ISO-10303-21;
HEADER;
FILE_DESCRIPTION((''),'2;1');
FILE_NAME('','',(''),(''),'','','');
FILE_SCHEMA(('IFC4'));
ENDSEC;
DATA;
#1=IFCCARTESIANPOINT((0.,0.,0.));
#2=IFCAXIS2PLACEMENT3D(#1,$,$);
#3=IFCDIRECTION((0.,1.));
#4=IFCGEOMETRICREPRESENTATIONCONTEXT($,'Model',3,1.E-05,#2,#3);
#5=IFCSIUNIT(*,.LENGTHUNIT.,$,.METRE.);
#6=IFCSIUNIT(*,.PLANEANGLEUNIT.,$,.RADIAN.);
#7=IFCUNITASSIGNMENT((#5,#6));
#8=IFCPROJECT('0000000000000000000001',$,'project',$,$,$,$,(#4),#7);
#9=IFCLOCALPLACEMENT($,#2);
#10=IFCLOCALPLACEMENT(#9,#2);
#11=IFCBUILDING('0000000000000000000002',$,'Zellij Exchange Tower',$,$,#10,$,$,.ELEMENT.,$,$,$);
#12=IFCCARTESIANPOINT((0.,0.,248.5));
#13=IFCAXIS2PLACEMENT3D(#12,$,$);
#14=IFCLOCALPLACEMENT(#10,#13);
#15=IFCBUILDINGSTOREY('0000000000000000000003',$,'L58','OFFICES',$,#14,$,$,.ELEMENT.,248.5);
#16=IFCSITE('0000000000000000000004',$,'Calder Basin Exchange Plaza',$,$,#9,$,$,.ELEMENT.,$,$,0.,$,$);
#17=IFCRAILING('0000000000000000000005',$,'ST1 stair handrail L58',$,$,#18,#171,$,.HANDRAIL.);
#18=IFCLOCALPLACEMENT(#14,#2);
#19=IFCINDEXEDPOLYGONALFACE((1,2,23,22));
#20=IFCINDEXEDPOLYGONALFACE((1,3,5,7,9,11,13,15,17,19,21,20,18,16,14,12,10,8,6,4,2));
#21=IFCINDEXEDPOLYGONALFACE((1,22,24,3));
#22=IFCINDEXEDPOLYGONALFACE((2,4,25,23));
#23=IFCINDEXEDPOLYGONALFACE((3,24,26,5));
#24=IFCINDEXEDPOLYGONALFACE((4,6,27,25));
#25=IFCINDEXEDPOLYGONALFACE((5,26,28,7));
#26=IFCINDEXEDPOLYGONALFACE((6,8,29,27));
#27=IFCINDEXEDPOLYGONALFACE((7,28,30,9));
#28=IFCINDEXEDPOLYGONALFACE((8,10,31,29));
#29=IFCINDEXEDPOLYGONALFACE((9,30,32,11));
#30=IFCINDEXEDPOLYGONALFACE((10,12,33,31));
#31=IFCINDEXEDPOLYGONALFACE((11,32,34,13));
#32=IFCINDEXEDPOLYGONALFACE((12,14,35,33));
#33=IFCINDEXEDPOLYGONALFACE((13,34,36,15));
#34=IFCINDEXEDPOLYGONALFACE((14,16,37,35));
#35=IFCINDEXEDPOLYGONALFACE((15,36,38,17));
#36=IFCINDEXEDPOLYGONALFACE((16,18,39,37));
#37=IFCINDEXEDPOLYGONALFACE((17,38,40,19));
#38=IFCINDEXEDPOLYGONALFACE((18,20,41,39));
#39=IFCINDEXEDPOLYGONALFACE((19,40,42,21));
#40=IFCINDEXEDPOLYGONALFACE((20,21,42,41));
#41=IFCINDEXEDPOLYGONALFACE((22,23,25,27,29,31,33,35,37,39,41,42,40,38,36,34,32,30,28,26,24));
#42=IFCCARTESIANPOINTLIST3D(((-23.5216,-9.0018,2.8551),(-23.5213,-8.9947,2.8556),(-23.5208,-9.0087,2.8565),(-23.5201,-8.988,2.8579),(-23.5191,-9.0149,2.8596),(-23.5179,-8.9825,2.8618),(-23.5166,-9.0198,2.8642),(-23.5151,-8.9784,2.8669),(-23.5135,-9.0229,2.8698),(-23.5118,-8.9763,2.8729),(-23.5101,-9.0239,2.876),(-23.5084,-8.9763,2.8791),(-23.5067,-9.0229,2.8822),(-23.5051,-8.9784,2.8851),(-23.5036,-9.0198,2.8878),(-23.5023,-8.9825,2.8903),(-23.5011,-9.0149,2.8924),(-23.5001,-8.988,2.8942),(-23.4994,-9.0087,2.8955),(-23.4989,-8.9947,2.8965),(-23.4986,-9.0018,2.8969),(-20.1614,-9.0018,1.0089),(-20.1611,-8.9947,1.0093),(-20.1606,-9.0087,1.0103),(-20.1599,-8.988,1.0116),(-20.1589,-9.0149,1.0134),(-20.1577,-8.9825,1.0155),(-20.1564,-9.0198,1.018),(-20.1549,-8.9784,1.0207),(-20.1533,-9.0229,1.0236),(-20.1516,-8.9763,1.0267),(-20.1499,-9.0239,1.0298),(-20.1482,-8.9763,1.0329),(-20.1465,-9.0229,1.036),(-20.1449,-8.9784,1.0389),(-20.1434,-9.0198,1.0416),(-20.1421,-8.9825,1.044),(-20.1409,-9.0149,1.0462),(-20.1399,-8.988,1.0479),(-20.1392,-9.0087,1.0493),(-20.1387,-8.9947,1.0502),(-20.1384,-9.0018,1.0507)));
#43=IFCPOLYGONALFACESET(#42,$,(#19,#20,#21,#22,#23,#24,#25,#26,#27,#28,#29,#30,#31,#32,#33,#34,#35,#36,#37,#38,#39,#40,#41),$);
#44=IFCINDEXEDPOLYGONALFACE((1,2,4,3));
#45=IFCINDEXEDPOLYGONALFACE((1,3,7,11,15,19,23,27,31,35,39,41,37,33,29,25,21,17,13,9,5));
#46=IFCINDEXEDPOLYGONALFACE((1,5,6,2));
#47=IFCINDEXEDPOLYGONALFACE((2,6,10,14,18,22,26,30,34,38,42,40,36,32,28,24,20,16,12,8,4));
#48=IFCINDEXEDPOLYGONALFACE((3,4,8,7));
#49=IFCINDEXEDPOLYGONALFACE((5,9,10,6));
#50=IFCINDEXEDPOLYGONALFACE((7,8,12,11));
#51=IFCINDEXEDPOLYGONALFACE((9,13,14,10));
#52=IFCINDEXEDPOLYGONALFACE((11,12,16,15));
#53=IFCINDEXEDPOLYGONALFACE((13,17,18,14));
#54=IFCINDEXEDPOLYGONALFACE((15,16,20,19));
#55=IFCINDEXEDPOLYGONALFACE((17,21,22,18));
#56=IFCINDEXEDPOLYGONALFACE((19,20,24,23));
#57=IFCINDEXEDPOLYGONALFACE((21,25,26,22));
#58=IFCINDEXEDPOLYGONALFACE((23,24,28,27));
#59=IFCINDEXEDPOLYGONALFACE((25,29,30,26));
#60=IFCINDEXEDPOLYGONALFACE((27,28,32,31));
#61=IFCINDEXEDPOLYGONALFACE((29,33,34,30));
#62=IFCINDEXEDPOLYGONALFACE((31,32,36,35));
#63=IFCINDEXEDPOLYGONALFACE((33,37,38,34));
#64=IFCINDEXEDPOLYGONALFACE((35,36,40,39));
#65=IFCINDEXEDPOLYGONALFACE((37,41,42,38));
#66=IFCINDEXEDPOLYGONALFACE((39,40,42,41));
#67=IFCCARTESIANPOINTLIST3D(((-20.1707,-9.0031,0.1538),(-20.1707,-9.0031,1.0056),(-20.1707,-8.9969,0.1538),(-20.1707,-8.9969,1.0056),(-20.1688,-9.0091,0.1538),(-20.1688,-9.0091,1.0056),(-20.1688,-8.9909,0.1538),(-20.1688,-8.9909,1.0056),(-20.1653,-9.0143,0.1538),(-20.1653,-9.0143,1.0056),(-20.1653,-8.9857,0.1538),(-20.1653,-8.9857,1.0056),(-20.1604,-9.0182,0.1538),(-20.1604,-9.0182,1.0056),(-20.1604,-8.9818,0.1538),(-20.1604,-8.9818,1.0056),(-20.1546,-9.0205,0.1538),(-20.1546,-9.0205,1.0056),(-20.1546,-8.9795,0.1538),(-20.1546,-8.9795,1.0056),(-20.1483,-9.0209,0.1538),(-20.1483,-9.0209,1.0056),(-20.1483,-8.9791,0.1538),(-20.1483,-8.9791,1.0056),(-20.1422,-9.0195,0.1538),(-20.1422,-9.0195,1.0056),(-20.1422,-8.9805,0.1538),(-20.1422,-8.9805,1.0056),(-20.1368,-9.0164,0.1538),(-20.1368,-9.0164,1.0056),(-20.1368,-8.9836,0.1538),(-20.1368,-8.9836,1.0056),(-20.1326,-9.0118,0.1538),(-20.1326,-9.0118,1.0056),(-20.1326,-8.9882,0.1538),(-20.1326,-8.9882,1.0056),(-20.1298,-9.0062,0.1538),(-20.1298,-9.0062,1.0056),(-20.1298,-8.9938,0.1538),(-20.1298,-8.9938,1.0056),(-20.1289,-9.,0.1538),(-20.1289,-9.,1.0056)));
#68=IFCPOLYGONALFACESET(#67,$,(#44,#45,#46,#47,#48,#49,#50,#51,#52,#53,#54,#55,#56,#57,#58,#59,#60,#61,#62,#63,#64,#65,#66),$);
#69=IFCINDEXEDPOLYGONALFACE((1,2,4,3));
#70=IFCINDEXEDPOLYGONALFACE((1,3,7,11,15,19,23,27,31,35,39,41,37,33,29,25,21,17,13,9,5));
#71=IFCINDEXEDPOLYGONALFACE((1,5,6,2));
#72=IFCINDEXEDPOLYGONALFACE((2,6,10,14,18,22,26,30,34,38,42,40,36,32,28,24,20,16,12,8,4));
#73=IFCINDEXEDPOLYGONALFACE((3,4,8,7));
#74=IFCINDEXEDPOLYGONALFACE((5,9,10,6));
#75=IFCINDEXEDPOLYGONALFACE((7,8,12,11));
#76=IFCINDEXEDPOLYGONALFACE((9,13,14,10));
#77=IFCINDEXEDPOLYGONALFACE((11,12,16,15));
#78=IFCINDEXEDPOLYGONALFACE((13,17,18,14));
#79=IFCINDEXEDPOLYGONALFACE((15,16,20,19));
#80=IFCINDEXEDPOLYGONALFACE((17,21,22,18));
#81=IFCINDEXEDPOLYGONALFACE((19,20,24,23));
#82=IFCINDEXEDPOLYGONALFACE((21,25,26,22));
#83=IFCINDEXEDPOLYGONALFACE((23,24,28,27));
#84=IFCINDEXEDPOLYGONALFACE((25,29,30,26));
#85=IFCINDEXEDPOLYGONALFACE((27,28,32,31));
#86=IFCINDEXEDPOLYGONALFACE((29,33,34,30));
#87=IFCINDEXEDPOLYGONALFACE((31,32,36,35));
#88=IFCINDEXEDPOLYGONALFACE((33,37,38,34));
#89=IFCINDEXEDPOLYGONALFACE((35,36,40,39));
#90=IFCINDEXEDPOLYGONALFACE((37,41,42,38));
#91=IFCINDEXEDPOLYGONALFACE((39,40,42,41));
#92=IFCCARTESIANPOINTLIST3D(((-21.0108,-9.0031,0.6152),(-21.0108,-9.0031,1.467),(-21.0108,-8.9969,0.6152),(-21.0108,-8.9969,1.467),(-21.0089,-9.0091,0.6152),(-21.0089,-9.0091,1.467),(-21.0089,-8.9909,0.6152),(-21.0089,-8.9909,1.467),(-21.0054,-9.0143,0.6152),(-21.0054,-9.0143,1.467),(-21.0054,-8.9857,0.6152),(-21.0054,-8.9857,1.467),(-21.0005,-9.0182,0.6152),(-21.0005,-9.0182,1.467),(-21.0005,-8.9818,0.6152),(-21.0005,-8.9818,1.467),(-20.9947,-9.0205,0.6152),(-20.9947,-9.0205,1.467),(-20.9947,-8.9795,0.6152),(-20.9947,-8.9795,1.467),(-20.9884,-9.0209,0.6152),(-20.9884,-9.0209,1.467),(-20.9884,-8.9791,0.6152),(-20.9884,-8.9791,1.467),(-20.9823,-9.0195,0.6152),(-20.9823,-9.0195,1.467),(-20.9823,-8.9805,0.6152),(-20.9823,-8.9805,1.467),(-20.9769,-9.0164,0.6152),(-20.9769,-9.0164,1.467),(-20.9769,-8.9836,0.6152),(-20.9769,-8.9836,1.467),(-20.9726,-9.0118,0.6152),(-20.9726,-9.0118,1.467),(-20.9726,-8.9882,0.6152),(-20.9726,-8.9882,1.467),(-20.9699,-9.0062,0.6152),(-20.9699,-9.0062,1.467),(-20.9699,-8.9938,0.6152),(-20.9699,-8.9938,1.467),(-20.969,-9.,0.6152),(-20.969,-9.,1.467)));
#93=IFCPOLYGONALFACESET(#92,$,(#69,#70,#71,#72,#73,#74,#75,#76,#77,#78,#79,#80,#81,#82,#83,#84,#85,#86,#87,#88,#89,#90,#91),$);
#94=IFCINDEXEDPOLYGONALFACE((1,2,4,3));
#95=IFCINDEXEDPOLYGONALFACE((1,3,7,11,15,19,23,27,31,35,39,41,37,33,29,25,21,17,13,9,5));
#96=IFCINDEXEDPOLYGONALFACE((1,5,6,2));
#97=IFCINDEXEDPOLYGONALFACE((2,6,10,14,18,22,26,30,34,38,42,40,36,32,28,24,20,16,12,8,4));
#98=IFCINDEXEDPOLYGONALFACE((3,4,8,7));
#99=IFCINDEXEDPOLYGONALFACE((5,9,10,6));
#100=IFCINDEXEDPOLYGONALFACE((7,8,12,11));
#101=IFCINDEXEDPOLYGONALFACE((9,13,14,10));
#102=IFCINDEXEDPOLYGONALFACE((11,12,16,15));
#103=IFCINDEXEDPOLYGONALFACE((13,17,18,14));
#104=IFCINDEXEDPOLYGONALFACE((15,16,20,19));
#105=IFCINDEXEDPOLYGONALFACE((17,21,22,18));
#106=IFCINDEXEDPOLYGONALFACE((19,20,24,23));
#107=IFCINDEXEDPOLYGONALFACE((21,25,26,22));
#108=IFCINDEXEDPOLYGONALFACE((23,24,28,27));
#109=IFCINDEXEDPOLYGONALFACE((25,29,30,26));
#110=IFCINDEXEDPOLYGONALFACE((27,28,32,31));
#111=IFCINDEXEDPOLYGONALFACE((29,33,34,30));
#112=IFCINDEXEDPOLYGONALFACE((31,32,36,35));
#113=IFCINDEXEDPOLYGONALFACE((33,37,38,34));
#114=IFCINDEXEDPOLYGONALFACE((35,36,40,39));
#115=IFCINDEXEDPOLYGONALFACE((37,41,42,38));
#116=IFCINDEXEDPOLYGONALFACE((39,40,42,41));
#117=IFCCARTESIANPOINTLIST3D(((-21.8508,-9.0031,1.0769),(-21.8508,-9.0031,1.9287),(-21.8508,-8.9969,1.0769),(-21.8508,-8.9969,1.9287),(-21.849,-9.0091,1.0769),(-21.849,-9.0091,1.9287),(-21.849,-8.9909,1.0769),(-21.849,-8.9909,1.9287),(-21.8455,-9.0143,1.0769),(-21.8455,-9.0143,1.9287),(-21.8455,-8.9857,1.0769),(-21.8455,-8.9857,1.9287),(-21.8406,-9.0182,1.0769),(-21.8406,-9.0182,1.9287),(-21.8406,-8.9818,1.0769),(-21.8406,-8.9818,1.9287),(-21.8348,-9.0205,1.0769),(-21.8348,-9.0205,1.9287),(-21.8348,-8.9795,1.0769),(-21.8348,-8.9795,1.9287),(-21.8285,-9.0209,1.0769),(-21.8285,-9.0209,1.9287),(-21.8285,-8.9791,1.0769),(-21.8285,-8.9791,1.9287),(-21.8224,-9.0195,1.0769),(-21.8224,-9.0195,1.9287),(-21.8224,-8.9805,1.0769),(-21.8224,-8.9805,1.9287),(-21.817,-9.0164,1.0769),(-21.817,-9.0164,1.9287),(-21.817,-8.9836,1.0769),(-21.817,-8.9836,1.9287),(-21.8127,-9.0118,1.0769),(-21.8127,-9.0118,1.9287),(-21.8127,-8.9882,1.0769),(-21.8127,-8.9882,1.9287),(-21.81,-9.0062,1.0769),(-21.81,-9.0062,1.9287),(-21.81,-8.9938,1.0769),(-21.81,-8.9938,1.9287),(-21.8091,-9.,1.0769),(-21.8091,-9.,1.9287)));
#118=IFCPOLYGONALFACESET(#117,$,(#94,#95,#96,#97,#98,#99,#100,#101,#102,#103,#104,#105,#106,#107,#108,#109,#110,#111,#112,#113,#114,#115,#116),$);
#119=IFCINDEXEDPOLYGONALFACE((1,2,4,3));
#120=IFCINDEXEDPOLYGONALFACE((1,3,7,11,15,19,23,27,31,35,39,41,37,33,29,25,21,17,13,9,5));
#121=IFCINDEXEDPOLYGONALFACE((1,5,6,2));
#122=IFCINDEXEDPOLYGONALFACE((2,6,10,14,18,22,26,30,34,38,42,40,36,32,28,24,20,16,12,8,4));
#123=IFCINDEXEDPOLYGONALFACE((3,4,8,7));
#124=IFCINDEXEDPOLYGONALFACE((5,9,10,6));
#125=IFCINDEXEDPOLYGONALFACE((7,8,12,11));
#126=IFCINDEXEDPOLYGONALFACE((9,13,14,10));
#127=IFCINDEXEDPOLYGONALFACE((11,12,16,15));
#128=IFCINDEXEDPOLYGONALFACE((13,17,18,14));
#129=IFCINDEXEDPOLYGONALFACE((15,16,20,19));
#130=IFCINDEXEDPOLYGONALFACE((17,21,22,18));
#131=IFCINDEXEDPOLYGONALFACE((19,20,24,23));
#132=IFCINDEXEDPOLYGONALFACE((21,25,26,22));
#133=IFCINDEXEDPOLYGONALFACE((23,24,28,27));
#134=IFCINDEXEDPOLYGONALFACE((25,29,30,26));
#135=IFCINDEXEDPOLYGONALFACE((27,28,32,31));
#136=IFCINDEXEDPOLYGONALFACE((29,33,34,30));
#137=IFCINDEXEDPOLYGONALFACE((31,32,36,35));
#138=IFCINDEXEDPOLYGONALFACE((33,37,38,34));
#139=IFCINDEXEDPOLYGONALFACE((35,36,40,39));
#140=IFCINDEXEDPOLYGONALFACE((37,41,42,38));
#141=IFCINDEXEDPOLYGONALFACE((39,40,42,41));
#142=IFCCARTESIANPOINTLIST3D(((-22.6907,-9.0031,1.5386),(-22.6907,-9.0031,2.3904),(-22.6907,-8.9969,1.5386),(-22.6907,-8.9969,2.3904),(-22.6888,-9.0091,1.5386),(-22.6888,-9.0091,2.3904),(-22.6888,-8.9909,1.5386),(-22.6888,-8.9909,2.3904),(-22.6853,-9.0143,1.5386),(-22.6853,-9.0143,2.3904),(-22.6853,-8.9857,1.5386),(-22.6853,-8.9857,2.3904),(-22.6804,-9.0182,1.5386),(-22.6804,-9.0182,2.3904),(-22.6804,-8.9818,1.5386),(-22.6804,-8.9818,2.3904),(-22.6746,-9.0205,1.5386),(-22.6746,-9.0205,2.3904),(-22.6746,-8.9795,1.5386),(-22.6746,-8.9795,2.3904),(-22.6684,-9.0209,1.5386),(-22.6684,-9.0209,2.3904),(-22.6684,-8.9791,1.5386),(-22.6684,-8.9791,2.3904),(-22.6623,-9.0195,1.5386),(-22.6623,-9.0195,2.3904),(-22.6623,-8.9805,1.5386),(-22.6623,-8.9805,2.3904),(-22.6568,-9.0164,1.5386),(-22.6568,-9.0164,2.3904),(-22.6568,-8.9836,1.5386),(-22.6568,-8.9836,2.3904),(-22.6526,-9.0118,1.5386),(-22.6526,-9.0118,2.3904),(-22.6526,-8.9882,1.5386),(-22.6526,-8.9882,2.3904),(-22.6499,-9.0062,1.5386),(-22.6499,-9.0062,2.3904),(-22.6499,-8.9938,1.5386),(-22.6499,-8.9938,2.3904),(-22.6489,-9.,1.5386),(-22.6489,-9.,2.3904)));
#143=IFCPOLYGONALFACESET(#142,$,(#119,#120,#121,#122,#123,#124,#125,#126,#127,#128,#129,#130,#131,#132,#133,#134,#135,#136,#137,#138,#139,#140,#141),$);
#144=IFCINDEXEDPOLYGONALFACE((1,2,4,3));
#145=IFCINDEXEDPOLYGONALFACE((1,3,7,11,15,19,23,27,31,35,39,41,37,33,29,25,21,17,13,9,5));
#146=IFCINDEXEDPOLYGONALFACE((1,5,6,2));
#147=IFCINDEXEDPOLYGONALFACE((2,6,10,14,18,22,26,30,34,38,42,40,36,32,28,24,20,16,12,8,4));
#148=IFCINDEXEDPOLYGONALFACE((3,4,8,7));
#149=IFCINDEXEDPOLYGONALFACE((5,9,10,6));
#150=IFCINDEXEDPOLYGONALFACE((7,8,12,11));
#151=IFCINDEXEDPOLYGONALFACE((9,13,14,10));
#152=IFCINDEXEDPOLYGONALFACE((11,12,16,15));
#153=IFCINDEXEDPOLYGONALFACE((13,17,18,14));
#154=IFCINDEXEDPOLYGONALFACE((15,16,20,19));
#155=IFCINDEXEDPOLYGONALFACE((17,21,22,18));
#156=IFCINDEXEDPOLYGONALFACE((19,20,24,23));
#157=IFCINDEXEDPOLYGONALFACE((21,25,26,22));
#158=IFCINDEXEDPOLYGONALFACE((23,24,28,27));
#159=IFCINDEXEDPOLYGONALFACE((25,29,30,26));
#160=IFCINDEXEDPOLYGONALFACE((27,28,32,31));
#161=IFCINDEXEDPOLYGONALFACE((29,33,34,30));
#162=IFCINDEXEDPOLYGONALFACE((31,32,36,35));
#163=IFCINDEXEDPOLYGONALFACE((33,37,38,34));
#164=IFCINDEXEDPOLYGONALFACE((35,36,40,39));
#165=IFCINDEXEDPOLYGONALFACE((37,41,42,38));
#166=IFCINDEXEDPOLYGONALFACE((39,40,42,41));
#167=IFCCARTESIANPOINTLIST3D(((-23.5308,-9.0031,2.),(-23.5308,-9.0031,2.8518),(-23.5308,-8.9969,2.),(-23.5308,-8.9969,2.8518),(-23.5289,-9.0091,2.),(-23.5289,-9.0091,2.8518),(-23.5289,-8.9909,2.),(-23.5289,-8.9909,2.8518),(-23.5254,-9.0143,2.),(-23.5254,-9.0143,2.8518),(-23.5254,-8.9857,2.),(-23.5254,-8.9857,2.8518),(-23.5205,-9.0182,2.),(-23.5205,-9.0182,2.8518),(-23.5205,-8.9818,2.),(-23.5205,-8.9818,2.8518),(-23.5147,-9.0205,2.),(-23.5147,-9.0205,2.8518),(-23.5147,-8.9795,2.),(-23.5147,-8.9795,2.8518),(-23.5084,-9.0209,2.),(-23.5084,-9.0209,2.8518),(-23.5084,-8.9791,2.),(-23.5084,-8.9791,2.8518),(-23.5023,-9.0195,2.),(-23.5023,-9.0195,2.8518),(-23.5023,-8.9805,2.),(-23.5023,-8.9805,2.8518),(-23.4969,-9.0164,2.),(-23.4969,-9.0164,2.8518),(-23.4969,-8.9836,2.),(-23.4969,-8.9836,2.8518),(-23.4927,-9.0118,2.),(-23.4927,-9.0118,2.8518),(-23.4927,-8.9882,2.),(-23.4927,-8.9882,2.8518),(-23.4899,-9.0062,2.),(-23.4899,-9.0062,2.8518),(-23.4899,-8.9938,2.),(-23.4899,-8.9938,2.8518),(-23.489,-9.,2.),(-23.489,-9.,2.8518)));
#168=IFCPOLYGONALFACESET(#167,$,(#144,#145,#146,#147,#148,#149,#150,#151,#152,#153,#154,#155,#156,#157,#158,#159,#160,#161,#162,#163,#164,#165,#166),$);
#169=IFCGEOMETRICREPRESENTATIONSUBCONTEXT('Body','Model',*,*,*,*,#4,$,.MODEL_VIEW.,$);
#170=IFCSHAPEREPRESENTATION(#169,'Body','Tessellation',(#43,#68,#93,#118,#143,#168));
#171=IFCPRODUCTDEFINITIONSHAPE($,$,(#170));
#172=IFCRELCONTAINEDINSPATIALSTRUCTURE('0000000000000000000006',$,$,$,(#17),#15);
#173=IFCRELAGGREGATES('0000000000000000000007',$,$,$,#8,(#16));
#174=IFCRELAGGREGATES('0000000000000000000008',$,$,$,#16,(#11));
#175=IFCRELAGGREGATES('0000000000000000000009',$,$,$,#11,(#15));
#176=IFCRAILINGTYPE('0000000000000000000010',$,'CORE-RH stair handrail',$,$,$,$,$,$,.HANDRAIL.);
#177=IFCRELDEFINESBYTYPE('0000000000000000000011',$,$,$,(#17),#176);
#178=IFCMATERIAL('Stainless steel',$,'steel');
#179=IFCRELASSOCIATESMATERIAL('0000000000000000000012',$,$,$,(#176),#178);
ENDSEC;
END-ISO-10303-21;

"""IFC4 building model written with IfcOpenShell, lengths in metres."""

from ifc_helpers import new_model, si_unit, direction, frame, origin, origin_2d, place, context, subcontext, project, spatial, circle, extrude, material, type_object, element, save


model = new_model("IFC4")

# Units and contexts
model_context = context("Model", 3, precision=1e-05, world=origin(), true_north=direction((0.0, 1.0)))
body_context = subcontext(model_context, "Body", "Model", "MODEL_VIEW")
ifc_project = project(units=[si_unit("LENGTHUNIT", "METRE"), si_unit("PLANEANGLEUNIT", "RADIAN")], contexts=[model_context])

# Site, building, storey
site_placement = place(None, origin())
site = spatial("IfcSite", under=ifc_project, at=site_placement, Name="Calder Basin Exchange Plaza", CompositionType="ELEMENT", RefElevation=0.0)
building_placement = place(site_placement, origin())
building = spatial("IfcBuilding", under=site, at=building_placement, Name="Zellij Exchange Tower", CompositionType="ELEMENT")
storey_placement = place(building_placement, frame((0.0, 0.0, 248.5)))
storey = spatial("IfcBuildingStorey", under=building, at=storey_placement, Name="L58", Description="OFFICES", CompositionType="ELEMENT", Elevation=248.5)

# Railing
ifc_material_1 = material(Name="Stainless steel", Category="steel")
railing_type_1 = type_object("IfcRailingType", Name="CORE-RH stair handrail", PredefinedType="HANDRAIL", material=ifc_material_1)
railing_1_placement = place(storey_placement, frame((-20.1499, -9.0, 0.1538)))
element("IfcRailing", 1, at=railing_1_placement, inside=storey, type_object=railing_type_1, Name="ST1 stair handrail L58", PredefinedType="HANDRAIL", context=body_context, shape_type="SweptSolid", body=[
    extrude(circle(Radius=0.0239, at=origin_2d()), frame((0.0, 0.0, 0.876), z_axis=(-0.876422, 0.0, 0.481545), x_axis=(0.0, -1.0, 0.0)), (0.0, 0.0, 1.0), 3.834),
    extrude(circle(Radius=0.021, at=origin_2d()), origin(), (0.0, 0.0, 1.0), 0.8518),
    extrude(circle(Radius=0.021, at=origin_2d()), frame((-0.8401, 0.0, 0.4614)), (0.0, 0.0, 1.0), 0.8518),
    extrude(circle(Radius=0.021, at=origin_2d()), frame((-1.6802, 0.0, 0.9231)), (0.0, 0.0, 1.0), 0.8518),
    extrude(circle(Radius=0.021, at=origin_2d()), frame((-2.52, 0.0, 1.3848)), (0.0, 0.0, 1.0), 0.8518),
    extrude(circle(Radius=0.021, at=origin_2d()), frame((-3.3601, 0.0, 1.8462)), (0.0, 0.0, 1.0), 0.8518),
])

save(model, "model.ifc")
